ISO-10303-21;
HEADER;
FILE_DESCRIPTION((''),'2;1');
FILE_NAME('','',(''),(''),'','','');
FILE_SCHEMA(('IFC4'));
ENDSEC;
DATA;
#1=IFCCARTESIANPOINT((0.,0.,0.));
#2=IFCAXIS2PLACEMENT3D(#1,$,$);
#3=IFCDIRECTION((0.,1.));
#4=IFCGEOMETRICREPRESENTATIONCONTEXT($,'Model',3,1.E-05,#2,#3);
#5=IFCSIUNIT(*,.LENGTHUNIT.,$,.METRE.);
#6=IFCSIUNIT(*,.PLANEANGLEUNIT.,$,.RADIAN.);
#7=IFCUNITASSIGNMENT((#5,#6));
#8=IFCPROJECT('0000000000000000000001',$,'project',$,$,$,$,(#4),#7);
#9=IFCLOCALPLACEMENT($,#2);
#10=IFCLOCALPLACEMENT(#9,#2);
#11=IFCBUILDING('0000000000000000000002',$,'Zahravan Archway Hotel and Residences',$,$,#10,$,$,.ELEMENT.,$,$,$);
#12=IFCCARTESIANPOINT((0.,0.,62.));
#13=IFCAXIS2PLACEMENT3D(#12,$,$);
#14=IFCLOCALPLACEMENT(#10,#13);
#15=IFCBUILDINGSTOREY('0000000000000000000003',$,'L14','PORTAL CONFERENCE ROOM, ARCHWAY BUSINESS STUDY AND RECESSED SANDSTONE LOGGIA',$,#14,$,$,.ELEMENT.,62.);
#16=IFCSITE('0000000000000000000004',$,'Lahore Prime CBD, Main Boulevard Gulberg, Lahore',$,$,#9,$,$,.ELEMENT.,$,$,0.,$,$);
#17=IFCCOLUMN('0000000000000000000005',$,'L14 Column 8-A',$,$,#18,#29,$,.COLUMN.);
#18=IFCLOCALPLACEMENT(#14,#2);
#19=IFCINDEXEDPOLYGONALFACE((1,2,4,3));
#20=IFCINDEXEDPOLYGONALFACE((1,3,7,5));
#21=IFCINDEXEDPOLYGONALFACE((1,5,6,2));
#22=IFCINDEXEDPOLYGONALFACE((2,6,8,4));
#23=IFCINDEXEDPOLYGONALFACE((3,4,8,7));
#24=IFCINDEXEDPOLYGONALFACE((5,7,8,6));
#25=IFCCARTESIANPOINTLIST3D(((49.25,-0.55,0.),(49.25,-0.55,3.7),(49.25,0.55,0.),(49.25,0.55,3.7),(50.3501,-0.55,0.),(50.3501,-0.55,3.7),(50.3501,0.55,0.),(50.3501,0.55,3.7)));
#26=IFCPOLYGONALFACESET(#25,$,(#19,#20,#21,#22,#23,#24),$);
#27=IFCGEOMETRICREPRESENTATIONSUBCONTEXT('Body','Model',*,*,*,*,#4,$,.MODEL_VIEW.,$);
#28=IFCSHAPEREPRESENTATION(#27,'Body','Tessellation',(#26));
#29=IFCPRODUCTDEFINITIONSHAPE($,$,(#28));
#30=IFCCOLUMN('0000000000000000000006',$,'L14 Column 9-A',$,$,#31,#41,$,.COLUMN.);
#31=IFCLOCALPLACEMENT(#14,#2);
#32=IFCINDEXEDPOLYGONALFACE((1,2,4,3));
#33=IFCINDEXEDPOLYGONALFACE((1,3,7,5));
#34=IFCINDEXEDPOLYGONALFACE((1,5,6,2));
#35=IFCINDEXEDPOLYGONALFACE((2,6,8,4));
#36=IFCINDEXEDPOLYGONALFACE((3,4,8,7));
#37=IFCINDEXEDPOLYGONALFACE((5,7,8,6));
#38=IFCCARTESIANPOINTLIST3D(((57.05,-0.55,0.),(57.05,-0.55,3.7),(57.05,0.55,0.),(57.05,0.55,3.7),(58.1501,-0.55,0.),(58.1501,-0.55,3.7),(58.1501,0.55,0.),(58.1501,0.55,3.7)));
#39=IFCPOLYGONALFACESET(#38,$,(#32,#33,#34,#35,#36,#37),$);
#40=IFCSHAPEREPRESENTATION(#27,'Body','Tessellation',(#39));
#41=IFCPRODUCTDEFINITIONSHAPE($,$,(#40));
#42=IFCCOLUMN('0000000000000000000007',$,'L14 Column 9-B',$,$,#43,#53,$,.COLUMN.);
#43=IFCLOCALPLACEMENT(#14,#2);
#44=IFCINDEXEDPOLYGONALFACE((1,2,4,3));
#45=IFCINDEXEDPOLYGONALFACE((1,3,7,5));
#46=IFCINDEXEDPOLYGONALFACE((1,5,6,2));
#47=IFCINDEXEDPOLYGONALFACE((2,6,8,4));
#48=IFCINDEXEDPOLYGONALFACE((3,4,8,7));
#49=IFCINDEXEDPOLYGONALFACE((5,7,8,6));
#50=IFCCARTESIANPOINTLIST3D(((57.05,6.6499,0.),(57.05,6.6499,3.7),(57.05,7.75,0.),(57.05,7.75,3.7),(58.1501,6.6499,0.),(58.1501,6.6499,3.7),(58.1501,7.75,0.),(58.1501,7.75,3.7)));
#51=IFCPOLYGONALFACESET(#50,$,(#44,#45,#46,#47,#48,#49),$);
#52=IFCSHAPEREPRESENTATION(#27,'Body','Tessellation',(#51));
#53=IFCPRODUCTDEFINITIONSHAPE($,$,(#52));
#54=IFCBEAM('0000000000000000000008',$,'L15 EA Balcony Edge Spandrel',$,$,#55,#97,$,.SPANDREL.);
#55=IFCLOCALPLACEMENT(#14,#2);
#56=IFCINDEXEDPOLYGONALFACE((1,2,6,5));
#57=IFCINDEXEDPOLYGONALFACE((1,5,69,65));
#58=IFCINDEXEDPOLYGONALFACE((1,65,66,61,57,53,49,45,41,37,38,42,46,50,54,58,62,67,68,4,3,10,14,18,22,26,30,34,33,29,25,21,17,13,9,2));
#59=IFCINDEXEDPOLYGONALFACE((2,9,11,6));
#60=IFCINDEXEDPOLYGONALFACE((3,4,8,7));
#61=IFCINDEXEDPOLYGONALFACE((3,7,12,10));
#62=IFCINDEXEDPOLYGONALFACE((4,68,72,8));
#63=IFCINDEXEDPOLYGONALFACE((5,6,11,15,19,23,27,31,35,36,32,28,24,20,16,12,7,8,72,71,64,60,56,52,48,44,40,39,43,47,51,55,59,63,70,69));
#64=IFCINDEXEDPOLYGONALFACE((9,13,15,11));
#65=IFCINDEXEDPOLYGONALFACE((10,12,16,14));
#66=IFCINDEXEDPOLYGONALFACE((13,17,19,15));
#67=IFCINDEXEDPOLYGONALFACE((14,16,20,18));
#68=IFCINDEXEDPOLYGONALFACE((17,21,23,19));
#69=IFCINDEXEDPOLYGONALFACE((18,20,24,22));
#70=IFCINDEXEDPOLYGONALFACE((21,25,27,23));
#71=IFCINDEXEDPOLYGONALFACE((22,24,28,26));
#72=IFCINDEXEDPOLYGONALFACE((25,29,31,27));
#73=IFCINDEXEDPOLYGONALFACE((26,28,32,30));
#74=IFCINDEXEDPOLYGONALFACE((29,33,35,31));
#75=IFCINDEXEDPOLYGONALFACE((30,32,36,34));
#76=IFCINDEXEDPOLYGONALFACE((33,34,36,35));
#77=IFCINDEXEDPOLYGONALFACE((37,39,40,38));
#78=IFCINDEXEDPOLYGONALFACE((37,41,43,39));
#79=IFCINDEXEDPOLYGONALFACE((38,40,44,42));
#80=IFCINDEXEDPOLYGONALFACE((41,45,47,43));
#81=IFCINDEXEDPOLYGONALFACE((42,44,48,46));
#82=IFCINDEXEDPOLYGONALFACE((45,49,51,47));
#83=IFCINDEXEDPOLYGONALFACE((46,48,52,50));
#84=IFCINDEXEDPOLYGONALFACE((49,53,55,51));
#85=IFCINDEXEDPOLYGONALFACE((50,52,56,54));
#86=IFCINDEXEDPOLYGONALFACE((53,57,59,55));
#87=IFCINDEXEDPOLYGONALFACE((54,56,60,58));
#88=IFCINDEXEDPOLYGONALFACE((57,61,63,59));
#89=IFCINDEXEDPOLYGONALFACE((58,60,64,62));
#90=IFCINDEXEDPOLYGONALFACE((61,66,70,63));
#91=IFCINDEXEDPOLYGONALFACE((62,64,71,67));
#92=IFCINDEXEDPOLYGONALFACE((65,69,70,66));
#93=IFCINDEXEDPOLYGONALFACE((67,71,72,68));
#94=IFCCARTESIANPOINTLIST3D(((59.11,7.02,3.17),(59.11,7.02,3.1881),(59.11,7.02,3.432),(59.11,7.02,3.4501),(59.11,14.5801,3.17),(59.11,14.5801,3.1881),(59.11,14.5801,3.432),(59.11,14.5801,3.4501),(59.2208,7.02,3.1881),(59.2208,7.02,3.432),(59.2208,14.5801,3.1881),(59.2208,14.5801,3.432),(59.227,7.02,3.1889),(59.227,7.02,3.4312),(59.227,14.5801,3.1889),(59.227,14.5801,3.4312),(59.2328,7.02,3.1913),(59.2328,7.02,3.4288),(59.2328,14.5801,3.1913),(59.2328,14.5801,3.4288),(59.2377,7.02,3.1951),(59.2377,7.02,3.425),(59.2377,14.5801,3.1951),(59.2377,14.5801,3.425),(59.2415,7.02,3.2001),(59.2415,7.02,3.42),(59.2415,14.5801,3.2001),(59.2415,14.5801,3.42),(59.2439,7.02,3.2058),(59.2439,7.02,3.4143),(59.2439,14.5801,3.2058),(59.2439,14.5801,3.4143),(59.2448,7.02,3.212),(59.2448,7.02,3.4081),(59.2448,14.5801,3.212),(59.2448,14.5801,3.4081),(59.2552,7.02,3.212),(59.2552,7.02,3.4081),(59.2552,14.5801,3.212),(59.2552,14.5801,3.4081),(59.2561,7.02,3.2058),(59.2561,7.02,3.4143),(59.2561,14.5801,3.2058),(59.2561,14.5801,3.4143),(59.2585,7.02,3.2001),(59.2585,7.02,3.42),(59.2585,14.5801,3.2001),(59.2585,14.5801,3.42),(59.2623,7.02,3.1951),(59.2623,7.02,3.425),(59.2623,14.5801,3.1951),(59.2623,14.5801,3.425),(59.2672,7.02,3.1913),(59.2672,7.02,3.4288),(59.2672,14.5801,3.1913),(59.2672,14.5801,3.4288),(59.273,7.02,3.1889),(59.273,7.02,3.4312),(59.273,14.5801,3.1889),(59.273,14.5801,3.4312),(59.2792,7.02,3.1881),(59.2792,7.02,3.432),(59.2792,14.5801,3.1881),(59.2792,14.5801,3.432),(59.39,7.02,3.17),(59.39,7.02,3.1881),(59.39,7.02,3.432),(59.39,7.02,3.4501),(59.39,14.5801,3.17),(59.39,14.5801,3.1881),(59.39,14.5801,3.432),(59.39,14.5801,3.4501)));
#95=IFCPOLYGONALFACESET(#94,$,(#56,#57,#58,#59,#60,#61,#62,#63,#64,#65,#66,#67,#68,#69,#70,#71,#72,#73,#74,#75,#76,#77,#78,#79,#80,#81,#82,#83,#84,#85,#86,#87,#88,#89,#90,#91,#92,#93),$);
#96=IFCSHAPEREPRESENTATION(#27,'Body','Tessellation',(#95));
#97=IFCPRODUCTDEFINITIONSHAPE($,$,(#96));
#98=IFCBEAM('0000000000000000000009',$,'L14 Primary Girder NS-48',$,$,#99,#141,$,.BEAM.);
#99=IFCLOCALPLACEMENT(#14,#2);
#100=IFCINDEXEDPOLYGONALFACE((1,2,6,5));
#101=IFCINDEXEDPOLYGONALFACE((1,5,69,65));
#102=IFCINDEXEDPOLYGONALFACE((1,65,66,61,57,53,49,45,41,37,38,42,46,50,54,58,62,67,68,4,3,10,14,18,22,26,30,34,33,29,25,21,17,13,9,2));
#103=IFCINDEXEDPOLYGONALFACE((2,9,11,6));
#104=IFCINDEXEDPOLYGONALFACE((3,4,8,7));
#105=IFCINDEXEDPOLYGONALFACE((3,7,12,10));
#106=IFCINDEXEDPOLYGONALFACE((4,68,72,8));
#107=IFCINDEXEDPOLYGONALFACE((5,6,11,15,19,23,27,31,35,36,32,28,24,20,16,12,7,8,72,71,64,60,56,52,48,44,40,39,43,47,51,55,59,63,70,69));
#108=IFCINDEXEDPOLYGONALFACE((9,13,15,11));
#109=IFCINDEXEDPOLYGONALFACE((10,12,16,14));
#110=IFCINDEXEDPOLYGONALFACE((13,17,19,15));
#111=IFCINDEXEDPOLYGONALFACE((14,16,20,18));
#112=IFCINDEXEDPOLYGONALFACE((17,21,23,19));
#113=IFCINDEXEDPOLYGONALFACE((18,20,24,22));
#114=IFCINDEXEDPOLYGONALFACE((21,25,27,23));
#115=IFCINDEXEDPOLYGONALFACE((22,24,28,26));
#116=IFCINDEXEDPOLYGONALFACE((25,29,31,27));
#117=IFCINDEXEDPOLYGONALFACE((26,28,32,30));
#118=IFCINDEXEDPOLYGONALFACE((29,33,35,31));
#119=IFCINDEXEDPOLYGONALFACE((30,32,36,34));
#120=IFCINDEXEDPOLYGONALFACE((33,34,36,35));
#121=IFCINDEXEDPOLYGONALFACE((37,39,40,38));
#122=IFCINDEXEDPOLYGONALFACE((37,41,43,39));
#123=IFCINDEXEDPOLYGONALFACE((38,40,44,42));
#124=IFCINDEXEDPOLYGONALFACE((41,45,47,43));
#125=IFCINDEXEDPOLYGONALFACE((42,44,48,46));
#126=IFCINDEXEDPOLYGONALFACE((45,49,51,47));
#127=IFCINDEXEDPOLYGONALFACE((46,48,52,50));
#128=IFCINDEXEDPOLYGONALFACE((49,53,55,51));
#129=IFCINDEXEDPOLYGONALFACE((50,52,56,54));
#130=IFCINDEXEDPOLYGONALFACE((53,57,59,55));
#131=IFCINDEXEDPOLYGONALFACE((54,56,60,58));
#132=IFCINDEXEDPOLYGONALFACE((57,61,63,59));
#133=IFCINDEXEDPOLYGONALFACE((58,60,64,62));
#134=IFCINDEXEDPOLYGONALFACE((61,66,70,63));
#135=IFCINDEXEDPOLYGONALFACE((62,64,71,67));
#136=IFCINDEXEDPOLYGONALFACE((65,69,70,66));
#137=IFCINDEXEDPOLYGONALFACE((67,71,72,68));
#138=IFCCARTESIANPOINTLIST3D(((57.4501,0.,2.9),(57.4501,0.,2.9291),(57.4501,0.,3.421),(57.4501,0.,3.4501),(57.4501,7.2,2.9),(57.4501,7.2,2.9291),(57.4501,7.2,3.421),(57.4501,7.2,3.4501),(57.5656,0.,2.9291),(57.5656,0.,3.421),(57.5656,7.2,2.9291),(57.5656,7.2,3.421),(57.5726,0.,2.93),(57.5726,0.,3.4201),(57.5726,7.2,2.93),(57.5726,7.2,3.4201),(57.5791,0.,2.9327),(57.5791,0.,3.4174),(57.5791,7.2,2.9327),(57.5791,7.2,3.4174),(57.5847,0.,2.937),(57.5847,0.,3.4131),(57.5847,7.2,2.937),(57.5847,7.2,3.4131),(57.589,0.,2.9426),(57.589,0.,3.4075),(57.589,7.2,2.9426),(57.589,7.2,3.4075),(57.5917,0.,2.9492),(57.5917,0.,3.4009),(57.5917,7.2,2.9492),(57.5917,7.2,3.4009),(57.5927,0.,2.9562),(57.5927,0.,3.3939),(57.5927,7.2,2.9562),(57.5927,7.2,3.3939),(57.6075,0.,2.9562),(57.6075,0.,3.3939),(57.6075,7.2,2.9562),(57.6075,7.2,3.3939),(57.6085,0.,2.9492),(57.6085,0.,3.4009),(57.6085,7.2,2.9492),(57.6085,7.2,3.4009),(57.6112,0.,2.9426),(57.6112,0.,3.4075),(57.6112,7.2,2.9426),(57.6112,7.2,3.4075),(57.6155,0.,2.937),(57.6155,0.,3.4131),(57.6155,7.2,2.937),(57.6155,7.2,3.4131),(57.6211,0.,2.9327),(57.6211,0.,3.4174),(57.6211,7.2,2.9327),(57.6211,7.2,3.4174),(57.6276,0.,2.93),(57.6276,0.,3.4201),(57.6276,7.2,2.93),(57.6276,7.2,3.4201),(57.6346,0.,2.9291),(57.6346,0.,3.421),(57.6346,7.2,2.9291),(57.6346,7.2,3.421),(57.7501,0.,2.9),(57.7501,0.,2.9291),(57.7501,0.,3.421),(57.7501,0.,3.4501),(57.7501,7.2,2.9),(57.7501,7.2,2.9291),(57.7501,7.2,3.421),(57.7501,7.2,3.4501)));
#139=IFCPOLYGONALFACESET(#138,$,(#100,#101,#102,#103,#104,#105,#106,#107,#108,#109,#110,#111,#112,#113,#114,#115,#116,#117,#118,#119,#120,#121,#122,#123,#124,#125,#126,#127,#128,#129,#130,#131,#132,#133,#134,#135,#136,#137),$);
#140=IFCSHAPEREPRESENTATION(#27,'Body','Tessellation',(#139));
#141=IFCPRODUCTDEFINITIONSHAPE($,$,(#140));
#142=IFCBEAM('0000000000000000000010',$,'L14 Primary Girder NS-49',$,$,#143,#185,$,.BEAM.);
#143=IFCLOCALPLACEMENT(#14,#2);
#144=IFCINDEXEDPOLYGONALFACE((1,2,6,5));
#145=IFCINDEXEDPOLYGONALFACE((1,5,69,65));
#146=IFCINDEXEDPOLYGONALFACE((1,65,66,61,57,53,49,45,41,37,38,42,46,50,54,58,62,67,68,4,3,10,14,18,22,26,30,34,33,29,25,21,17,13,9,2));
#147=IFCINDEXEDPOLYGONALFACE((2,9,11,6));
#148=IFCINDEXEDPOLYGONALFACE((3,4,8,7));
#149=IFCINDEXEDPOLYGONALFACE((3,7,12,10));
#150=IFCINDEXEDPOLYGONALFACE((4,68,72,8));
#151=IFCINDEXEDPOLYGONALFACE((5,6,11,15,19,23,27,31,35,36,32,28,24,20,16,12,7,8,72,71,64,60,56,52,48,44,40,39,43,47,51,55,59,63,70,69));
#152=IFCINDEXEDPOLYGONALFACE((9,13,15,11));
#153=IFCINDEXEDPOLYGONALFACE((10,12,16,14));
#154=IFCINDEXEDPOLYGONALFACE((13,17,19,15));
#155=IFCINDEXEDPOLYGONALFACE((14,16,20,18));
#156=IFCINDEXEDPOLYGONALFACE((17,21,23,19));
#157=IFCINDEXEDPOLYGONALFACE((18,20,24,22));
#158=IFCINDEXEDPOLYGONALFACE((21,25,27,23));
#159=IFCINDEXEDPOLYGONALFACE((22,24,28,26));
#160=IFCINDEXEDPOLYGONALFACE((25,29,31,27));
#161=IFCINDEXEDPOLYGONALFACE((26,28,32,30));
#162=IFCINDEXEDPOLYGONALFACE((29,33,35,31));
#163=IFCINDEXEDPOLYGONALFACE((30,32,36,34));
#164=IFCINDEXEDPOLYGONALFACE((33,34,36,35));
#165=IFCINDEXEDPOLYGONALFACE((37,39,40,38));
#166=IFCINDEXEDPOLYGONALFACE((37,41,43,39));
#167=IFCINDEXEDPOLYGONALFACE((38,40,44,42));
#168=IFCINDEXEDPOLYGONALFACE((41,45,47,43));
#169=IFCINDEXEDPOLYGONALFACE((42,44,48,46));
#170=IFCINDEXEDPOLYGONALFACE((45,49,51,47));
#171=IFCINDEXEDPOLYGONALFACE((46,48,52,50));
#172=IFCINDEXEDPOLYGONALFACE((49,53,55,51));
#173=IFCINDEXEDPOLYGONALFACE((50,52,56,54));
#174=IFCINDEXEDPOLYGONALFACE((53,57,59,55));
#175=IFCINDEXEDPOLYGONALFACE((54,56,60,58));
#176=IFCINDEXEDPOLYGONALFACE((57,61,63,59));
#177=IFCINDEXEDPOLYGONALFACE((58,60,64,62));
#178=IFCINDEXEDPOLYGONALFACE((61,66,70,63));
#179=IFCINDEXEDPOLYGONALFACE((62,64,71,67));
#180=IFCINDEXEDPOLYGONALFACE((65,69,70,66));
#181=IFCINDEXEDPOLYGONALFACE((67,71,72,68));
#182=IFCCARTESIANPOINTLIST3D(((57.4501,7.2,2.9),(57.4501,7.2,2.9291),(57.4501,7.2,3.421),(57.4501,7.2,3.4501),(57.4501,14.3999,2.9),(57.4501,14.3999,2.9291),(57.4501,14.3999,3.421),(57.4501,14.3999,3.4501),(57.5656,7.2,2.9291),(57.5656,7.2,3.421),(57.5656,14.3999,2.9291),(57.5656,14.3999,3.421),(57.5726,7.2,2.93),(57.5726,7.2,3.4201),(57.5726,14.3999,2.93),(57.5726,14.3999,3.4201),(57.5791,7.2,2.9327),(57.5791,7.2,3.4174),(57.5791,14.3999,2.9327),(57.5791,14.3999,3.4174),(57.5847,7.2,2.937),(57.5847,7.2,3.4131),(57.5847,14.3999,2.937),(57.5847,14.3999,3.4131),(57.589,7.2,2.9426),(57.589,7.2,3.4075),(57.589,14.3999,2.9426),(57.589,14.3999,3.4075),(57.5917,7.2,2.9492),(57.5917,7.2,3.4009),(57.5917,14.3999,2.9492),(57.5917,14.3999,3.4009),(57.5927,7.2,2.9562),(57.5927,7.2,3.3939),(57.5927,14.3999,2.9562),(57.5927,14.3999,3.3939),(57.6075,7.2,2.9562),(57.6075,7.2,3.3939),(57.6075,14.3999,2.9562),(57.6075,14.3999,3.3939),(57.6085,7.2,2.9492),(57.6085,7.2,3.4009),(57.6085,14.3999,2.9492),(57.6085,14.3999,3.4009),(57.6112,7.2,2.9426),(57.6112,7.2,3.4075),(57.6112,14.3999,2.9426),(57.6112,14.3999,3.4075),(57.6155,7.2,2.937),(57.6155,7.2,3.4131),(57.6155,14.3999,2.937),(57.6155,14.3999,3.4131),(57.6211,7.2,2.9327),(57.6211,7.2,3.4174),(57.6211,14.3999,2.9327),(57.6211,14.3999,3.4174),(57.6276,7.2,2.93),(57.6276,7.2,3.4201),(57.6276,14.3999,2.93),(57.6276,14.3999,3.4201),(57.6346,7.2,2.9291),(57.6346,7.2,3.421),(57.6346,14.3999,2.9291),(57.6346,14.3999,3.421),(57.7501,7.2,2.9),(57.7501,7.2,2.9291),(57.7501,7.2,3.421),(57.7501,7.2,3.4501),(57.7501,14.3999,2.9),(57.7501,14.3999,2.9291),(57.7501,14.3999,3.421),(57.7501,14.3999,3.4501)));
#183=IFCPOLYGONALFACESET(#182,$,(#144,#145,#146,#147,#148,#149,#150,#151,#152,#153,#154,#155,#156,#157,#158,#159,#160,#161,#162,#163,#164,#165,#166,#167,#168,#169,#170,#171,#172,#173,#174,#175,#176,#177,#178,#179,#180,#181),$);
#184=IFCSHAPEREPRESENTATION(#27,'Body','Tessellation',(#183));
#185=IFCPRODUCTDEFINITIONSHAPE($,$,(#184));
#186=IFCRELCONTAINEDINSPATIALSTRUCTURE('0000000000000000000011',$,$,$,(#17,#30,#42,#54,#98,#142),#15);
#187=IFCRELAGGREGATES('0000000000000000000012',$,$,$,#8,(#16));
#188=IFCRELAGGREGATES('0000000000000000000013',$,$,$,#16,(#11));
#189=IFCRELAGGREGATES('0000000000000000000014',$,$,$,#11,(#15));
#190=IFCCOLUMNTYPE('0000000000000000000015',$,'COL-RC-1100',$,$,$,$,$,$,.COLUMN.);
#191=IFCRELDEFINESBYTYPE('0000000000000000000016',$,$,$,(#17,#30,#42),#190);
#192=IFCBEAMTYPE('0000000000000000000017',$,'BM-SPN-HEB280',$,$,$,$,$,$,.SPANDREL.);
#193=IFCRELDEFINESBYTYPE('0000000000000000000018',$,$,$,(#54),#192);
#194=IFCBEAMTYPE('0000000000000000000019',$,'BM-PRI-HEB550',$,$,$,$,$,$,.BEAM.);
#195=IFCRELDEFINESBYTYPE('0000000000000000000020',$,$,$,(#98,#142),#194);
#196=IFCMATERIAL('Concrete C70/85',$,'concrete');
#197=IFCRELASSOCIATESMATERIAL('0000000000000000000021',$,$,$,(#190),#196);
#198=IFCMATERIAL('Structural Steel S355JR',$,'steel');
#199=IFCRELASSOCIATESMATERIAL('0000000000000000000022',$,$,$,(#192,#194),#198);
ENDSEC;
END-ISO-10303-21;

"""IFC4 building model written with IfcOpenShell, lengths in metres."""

from ifc_helpers import new_model, si_unit, direction, frame, origin, origin_2d, place, context, subcontext, project, spatial, rectangle, i_section, extrude, source, transform, mapped, material, material_profile, profile_set, type_object, type_shapes, element, save


model = new_model("IFC4")

# Units and contexts
model_context = context("Model", 3, precision=1e-05, world=origin(), true_north=direction((0.0, 1.0)))
body_context = subcontext(model_context, "Body", "Model", "MODEL_VIEW")
ifc_project = project(units=[si_unit("LENGTHUNIT", "METRE"), si_unit("PLANEANGLEUNIT", "RADIAN")], contexts=[model_context])

# Site, building, storey
site_placement = place(None, origin())
site = spatial("IfcSite", under=ifc_project, at=site_placement, Name="Lahore Prime CBD, Main Boulevard Gulberg, Lahore", CompositionType="ELEMENT", RefElevation=0.0)
building_placement = place(site_placement, origin())
building = spatial("IfcBuilding", under=site, at=building_placement, Name="Zahravan Archway Hotel and Residences", CompositionType="ELEMENT")
storey_placement = place(building_placement, frame((0.0, 0.0, 62.0)))
storey = spatial("IfcBuildingStorey", under=building, at=storey_placement, Name="L14", Description="PORTAL CONFERENCE ROOM, ARCHWAY BUSINESS STUDY AND RECESSED SANDSTONE LOGGIA", CompositionType="ELEMENT", Elevation=62.0)

# Columns
ifc_material_1 = material(Name="Concrete C70/85", Category="concrete")
ifc_material_profile_1 = material_profile(ifc_material_1, rectangle(XDim=1.1001, YDim=1.1001, at=origin_2d()), Name="RC 1100x1100", Category="concrete")
ifc_profile_set_1 = profile_set([ifc_material_profile_1], Name="Concrete C70/85")
column_type = type_object("IfcColumnType", Name="COL-RC-1100", PredefinedType="COLUMN", material=ifc_profile_set_1)
shared_shape_1 = source(origin(), body_context, "Body", "SweptSolid", [
    extrude(rectangle(XDim=1.1001, YDim=1.1001, at=origin_2d()), origin(), (0.0, 0.0, 1.0), 3.7),
])
for number, where, z_axis, x_axis, name in (
    (1, (49.8, 0.0, 0.0), (0.0, 0.0, 1.0), (1.0, 0.0, 0.0), "L14 Column 8-A"),
    (2, (57.6001, 0.0, 0.0), (0.0, 0.0, 1.0), (1.0, 0.0, 0.0), "L14 Column 9-A"),
    (3, (57.6001, 7.2, 0.0), (0.0, 0.0, 1.0), (1.0, 0.0, 0.0), "L14 Column 9-B"),
):
    element("IfcColumn", number, at=place(storey_placement, frame(where, z_axis=z_axis, x_axis=x_axis)), inside=storey, type_object=column_type, Name=name, PredefinedType="COLUMN", context=body_context, shape_type="MappedRepresentation", body=[
        mapped(shared_shape_1, transform((0.0, 0.0, 0.0), scale=1.0)),
    ])

# Beams
ifc_material_2 = material(Name="Structural Steel S355JR", Category="steel")
ifc_material_profile_2 = material_profile(ifc_material_2, i_section(OverallWidth=0.28, OverallDepth=0.28, WebThickness=0.0105, FlangeThickness=0.0181, FilletRadius=0.0239, at=origin_2d()), Name="HEB 280", Category="steel")
ifc_profile_set_2 = profile_set([ifc_material_profile_2], Name="Structural Steel S355JR")
beam_type_1 = type_object("IfcBeamType", Name="BM-SPN-HEB280", PredefinedType="SPANDREL", material=ifc_profile_set_2)
shared_shape_2 = source(origin(), body_context, "Body", "SweptSolid", [
    extrude(i_section(OverallWidth=0.28, OverallDepth=0.28, WebThickness=0.0105, FlangeThickness=0.0181, FilletRadius=0.0239, at=origin_2d()), origin(), (0.0, 0.0, 1.0), 7.5601),
])
type_shapes(beam_type_1, [shared_shape_2])
beam_1_placement = place(storey_placement, frame((59.25, 7.02, 3.3101), z_axis=(0.0, 1.0, 0.0), x_axis=(-1.0, 0.0, 0.0)))
element("IfcBeam", 4, at=beam_1_placement, inside=storey, type_object=beam_type_1, Name="L15 EA Balcony Edge Spandrel", PredefinedType="SPANDREL", context=body_context, shape_type="MappedRepresentation", body=[
    mapped(shared_shape_2, transform((0.0, 0.0, 0.0), scale=1.0)),
])
ifc_material_profile_3 = material_profile(ifc_material_2, i_section(OverallWidth=0.3, OverallDepth=0.55, WebThickness=0.0149, FlangeThickness=0.0291, FilletRadius=0.0271, at=origin_2d()), Name="HEB 550", Category="steel")
ifc_profile_set_3 = profile_set([ifc_material_profile_3], Name="Structural Steel S355JR")
beam_type_2 = type_object("IfcBeamType", Name="BM-PRI-HEB550", PredefinedType="BEAM", material=ifc_profile_set_3)
shared_shape_3 = source(origin(), body_context, "Body", "SweptSolid", [
    extrude(i_section(OverallWidth=0.3, OverallDepth=0.55, WebThickness=0.0149, FlangeThickness=0.0291, FilletRadius=0.0271, at=origin_2d()), origin(), (0.0, 0.0, 1.0), 7.2),
])
for number, where, z_axis, x_axis, name in (
    (5, (57.6001, 0.0, 3.175), (0.0, 1.0, 0.0), (-1.0, 0.0, 0.0), "L14 Primary Girder NS-48"),
    (6, (57.6001, 7.2, 3.175), (0.0, 1.0, 0.0), (-1.0, 0.0, 0.0), "L14 Primary Girder NS-49"),
):
    element("IfcBeam", number, at=place(storey_placement, frame(where, z_axis=z_axis, x_axis=x_axis)), inside=storey, type_object=beam_type_2, Name=name, PredefinedType="BEAM", context=body_context, shape_type="MappedRepresentation", body=[
        mapped(shared_shape_3, transform((0.0, 0.0, 0.0), scale=1.0)),
    ])

save(model, "model.ifc")
